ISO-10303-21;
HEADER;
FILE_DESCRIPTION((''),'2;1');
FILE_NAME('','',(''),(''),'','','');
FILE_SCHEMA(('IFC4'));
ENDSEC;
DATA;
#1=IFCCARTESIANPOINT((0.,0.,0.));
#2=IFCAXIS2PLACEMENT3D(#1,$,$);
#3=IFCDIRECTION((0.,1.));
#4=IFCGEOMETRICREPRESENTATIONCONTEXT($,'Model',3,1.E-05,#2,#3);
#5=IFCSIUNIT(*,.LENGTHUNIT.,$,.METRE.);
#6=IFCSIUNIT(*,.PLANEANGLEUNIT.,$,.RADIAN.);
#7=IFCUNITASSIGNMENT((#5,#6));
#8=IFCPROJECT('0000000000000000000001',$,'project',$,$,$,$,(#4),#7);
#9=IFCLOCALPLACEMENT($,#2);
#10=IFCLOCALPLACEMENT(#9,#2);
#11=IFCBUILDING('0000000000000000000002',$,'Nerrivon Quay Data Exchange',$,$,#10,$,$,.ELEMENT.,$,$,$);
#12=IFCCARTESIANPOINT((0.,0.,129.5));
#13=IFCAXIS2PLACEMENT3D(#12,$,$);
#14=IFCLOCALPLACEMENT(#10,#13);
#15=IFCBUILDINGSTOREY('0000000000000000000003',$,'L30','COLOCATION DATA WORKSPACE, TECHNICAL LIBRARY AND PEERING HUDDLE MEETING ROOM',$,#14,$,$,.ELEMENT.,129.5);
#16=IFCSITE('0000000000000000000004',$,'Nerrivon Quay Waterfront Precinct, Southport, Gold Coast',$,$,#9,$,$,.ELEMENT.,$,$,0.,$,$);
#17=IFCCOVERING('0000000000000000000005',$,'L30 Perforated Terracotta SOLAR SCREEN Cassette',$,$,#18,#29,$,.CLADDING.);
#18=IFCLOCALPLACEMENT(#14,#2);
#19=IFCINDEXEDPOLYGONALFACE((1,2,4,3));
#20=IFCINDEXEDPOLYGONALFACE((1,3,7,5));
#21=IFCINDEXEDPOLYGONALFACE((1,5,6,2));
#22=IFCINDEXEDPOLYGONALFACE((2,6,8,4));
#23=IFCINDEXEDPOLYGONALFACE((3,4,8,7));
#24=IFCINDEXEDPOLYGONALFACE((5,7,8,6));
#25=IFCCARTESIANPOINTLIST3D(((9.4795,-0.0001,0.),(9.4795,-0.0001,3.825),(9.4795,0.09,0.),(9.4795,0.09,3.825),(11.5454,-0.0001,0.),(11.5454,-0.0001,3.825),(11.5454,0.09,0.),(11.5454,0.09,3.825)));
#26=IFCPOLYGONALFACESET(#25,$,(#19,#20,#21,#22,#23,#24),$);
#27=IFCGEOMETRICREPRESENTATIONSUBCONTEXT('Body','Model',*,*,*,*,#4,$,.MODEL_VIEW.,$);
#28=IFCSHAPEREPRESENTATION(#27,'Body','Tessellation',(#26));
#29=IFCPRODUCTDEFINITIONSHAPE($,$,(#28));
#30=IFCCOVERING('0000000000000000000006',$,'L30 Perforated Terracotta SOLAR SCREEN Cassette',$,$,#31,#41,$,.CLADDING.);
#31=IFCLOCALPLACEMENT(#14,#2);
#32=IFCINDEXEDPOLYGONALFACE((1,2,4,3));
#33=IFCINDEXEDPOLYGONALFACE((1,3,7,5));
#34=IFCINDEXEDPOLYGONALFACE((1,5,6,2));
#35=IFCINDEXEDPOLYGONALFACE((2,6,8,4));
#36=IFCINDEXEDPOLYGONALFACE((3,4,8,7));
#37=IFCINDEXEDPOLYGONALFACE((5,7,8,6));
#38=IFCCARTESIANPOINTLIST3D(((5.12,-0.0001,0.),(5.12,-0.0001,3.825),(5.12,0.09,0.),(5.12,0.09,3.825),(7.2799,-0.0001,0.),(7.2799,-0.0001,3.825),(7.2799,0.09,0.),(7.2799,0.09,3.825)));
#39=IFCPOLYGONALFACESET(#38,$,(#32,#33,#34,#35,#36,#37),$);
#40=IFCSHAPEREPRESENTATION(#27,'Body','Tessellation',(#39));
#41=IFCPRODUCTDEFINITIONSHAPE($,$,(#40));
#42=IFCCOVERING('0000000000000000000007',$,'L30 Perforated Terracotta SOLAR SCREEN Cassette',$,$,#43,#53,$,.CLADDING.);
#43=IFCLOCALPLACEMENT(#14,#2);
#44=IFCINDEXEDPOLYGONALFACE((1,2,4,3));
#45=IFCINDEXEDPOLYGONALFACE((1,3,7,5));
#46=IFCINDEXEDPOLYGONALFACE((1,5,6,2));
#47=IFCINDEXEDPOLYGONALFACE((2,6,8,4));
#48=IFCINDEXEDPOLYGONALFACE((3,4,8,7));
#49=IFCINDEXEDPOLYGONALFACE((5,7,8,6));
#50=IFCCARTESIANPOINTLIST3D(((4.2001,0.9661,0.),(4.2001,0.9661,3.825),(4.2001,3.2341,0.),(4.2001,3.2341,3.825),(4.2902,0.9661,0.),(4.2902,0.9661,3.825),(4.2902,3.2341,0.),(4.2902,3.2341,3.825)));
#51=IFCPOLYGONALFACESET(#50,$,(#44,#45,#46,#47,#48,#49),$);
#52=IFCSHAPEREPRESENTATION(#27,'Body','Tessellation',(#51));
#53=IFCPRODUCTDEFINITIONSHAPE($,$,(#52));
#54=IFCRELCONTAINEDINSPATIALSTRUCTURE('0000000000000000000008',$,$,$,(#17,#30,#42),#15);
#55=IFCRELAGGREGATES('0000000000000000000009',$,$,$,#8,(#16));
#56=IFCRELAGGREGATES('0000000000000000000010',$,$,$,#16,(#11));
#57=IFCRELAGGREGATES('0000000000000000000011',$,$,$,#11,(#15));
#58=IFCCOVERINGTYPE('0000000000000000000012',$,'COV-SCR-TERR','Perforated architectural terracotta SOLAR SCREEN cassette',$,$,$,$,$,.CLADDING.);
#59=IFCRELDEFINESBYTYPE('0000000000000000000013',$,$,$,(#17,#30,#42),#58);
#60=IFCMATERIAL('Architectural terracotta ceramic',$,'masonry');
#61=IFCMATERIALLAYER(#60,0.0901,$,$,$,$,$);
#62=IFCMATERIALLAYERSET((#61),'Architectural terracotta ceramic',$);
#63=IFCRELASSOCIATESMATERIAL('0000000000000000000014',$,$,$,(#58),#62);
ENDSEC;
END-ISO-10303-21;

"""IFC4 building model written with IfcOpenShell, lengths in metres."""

from ifc_helpers import new_model, si_unit, direction, frame, origin, origin_2d, place, context, subcontext, project, spatial, rectangle, extrude, material, layer, layer_set, type_object, element, save


model = new_model("IFC4")

# Units and contexts
model_context = context("Model", 3, precision=1e-05, world=origin(), true_north=direction((0.0, 1.0)))
body_context = subcontext(model_context, "Body", "Model", "MODEL_VIEW")
ifc_project = project(units=[si_unit("LENGTHUNIT", "METRE"), si_unit("PLANEANGLEUNIT", "RADIAN")], contexts=[model_context])

# Site, building, storey
site_placement = place(None, origin())
site = spatial("IfcSite", under=ifc_project, at=site_placement, Name="Nerrivon Quay Waterfront Precinct, Southport, Gold Coast", CompositionType="ELEMENT", RefElevation=0.0)
building_placement = place(site_placement, origin())
building = spatial("IfcBuilding", under=site, at=building_placement, Name="Nerrivon Quay Data Exchange", CompositionType="ELEMENT")
storey_placement = place(building_placement, frame((0.0, 0.0, 129.5)))
storey = spatial("IfcBuildingStorey", under=building, at=storey_placement, Name="L30", Description="COLOCATION DATA WORKSPACE, TECHNICAL LIBRARY AND PEERING HUDDLE MEETING ROOM", CompositionType="ELEMENT", Elevation=129.5)

# Coverings
ifc_material_1 = material(Name="Architectural terracotta ceramic", Category="masonry")
ifc_layer_1 = layer(ifc_material_1, 0.0901)
ifc_layer_set_1 = layer_set([ifc_layer_1], Name="Architectural terracotta ceramic")
covering_type = type_object("IfcCoveringType", Name="COV-SCR-TERR", Description="Perforated architectural terracotta SOLAR SCREEN cassette", PredefinedType="CLADDING", material=ifc_layer_set_1)
for number, where, z_axis, x_axis, name in (
    (1, (10.5125, 0.0449, 0.0), (0.0, 0.0, 1.0), (-1.0, 0.0, 0.0), "L30 Perforated Terracotta SOLAR SCREEN Cassette"),
):
    element("IfcCovering", number, at=place(storey_placement, frame(where, z_axis=z_axis, x_axis=x_axis)), inside=storey, type_object=covering_type, Name=name, PredefinedType="CLADDING", context=body_context, shape_type="SweptSolid", body=[
        extrude(rectangle(XDim=2.0659, YDim=0.0901, at=origin_2d()), origin(), (0.0, 0.0, 1.0), 3.825),
    ])
covering_1_placement = place(storey_placement, frame((6.2, 0.0449, 0.0), z_axis=(0.0, 0.0, 1.0), x_axis=(-1.0, 0.0, 0.0)))
element("IfcCovering", 2, at=covering_1_placement, inside=storey, type_object=covering_type, Name="L30 Perforated Terracotta SOLAR SCREEN Cassette", PredefinedType="CLADDING", context=body_context, shape_type="SweptSolid", body=[
    extrude(rectangle(XDim=2.1599, YDim=0.0901, at=origin_2d()), origin(), (0.0, 0.0, 1.0), 3.825),
])
covering_2_placement = place(storey_placement, frame((4.2451, 2.1001, 0.0), z_axis=(0.0, 0.0, 1.0), x_axis=(0.0, 1.0, 0.0)))
element("IfcCovering", 3, at=covering_2_placement, inside=storey, type_object=covering_type, Name="L30 Perforated Terracotta SOLAR SCREEN Cassette", PredefinedType="CLADDING", context=body_context, shape_type="SweptSolid", body=[
    extrude(rectangle(XDim=2.2681, YDim=0.0901, at=origin_2d()), origin(), (0.0, 0.0, 1.0), 3.825),
])

save(model, "model.ifc")
